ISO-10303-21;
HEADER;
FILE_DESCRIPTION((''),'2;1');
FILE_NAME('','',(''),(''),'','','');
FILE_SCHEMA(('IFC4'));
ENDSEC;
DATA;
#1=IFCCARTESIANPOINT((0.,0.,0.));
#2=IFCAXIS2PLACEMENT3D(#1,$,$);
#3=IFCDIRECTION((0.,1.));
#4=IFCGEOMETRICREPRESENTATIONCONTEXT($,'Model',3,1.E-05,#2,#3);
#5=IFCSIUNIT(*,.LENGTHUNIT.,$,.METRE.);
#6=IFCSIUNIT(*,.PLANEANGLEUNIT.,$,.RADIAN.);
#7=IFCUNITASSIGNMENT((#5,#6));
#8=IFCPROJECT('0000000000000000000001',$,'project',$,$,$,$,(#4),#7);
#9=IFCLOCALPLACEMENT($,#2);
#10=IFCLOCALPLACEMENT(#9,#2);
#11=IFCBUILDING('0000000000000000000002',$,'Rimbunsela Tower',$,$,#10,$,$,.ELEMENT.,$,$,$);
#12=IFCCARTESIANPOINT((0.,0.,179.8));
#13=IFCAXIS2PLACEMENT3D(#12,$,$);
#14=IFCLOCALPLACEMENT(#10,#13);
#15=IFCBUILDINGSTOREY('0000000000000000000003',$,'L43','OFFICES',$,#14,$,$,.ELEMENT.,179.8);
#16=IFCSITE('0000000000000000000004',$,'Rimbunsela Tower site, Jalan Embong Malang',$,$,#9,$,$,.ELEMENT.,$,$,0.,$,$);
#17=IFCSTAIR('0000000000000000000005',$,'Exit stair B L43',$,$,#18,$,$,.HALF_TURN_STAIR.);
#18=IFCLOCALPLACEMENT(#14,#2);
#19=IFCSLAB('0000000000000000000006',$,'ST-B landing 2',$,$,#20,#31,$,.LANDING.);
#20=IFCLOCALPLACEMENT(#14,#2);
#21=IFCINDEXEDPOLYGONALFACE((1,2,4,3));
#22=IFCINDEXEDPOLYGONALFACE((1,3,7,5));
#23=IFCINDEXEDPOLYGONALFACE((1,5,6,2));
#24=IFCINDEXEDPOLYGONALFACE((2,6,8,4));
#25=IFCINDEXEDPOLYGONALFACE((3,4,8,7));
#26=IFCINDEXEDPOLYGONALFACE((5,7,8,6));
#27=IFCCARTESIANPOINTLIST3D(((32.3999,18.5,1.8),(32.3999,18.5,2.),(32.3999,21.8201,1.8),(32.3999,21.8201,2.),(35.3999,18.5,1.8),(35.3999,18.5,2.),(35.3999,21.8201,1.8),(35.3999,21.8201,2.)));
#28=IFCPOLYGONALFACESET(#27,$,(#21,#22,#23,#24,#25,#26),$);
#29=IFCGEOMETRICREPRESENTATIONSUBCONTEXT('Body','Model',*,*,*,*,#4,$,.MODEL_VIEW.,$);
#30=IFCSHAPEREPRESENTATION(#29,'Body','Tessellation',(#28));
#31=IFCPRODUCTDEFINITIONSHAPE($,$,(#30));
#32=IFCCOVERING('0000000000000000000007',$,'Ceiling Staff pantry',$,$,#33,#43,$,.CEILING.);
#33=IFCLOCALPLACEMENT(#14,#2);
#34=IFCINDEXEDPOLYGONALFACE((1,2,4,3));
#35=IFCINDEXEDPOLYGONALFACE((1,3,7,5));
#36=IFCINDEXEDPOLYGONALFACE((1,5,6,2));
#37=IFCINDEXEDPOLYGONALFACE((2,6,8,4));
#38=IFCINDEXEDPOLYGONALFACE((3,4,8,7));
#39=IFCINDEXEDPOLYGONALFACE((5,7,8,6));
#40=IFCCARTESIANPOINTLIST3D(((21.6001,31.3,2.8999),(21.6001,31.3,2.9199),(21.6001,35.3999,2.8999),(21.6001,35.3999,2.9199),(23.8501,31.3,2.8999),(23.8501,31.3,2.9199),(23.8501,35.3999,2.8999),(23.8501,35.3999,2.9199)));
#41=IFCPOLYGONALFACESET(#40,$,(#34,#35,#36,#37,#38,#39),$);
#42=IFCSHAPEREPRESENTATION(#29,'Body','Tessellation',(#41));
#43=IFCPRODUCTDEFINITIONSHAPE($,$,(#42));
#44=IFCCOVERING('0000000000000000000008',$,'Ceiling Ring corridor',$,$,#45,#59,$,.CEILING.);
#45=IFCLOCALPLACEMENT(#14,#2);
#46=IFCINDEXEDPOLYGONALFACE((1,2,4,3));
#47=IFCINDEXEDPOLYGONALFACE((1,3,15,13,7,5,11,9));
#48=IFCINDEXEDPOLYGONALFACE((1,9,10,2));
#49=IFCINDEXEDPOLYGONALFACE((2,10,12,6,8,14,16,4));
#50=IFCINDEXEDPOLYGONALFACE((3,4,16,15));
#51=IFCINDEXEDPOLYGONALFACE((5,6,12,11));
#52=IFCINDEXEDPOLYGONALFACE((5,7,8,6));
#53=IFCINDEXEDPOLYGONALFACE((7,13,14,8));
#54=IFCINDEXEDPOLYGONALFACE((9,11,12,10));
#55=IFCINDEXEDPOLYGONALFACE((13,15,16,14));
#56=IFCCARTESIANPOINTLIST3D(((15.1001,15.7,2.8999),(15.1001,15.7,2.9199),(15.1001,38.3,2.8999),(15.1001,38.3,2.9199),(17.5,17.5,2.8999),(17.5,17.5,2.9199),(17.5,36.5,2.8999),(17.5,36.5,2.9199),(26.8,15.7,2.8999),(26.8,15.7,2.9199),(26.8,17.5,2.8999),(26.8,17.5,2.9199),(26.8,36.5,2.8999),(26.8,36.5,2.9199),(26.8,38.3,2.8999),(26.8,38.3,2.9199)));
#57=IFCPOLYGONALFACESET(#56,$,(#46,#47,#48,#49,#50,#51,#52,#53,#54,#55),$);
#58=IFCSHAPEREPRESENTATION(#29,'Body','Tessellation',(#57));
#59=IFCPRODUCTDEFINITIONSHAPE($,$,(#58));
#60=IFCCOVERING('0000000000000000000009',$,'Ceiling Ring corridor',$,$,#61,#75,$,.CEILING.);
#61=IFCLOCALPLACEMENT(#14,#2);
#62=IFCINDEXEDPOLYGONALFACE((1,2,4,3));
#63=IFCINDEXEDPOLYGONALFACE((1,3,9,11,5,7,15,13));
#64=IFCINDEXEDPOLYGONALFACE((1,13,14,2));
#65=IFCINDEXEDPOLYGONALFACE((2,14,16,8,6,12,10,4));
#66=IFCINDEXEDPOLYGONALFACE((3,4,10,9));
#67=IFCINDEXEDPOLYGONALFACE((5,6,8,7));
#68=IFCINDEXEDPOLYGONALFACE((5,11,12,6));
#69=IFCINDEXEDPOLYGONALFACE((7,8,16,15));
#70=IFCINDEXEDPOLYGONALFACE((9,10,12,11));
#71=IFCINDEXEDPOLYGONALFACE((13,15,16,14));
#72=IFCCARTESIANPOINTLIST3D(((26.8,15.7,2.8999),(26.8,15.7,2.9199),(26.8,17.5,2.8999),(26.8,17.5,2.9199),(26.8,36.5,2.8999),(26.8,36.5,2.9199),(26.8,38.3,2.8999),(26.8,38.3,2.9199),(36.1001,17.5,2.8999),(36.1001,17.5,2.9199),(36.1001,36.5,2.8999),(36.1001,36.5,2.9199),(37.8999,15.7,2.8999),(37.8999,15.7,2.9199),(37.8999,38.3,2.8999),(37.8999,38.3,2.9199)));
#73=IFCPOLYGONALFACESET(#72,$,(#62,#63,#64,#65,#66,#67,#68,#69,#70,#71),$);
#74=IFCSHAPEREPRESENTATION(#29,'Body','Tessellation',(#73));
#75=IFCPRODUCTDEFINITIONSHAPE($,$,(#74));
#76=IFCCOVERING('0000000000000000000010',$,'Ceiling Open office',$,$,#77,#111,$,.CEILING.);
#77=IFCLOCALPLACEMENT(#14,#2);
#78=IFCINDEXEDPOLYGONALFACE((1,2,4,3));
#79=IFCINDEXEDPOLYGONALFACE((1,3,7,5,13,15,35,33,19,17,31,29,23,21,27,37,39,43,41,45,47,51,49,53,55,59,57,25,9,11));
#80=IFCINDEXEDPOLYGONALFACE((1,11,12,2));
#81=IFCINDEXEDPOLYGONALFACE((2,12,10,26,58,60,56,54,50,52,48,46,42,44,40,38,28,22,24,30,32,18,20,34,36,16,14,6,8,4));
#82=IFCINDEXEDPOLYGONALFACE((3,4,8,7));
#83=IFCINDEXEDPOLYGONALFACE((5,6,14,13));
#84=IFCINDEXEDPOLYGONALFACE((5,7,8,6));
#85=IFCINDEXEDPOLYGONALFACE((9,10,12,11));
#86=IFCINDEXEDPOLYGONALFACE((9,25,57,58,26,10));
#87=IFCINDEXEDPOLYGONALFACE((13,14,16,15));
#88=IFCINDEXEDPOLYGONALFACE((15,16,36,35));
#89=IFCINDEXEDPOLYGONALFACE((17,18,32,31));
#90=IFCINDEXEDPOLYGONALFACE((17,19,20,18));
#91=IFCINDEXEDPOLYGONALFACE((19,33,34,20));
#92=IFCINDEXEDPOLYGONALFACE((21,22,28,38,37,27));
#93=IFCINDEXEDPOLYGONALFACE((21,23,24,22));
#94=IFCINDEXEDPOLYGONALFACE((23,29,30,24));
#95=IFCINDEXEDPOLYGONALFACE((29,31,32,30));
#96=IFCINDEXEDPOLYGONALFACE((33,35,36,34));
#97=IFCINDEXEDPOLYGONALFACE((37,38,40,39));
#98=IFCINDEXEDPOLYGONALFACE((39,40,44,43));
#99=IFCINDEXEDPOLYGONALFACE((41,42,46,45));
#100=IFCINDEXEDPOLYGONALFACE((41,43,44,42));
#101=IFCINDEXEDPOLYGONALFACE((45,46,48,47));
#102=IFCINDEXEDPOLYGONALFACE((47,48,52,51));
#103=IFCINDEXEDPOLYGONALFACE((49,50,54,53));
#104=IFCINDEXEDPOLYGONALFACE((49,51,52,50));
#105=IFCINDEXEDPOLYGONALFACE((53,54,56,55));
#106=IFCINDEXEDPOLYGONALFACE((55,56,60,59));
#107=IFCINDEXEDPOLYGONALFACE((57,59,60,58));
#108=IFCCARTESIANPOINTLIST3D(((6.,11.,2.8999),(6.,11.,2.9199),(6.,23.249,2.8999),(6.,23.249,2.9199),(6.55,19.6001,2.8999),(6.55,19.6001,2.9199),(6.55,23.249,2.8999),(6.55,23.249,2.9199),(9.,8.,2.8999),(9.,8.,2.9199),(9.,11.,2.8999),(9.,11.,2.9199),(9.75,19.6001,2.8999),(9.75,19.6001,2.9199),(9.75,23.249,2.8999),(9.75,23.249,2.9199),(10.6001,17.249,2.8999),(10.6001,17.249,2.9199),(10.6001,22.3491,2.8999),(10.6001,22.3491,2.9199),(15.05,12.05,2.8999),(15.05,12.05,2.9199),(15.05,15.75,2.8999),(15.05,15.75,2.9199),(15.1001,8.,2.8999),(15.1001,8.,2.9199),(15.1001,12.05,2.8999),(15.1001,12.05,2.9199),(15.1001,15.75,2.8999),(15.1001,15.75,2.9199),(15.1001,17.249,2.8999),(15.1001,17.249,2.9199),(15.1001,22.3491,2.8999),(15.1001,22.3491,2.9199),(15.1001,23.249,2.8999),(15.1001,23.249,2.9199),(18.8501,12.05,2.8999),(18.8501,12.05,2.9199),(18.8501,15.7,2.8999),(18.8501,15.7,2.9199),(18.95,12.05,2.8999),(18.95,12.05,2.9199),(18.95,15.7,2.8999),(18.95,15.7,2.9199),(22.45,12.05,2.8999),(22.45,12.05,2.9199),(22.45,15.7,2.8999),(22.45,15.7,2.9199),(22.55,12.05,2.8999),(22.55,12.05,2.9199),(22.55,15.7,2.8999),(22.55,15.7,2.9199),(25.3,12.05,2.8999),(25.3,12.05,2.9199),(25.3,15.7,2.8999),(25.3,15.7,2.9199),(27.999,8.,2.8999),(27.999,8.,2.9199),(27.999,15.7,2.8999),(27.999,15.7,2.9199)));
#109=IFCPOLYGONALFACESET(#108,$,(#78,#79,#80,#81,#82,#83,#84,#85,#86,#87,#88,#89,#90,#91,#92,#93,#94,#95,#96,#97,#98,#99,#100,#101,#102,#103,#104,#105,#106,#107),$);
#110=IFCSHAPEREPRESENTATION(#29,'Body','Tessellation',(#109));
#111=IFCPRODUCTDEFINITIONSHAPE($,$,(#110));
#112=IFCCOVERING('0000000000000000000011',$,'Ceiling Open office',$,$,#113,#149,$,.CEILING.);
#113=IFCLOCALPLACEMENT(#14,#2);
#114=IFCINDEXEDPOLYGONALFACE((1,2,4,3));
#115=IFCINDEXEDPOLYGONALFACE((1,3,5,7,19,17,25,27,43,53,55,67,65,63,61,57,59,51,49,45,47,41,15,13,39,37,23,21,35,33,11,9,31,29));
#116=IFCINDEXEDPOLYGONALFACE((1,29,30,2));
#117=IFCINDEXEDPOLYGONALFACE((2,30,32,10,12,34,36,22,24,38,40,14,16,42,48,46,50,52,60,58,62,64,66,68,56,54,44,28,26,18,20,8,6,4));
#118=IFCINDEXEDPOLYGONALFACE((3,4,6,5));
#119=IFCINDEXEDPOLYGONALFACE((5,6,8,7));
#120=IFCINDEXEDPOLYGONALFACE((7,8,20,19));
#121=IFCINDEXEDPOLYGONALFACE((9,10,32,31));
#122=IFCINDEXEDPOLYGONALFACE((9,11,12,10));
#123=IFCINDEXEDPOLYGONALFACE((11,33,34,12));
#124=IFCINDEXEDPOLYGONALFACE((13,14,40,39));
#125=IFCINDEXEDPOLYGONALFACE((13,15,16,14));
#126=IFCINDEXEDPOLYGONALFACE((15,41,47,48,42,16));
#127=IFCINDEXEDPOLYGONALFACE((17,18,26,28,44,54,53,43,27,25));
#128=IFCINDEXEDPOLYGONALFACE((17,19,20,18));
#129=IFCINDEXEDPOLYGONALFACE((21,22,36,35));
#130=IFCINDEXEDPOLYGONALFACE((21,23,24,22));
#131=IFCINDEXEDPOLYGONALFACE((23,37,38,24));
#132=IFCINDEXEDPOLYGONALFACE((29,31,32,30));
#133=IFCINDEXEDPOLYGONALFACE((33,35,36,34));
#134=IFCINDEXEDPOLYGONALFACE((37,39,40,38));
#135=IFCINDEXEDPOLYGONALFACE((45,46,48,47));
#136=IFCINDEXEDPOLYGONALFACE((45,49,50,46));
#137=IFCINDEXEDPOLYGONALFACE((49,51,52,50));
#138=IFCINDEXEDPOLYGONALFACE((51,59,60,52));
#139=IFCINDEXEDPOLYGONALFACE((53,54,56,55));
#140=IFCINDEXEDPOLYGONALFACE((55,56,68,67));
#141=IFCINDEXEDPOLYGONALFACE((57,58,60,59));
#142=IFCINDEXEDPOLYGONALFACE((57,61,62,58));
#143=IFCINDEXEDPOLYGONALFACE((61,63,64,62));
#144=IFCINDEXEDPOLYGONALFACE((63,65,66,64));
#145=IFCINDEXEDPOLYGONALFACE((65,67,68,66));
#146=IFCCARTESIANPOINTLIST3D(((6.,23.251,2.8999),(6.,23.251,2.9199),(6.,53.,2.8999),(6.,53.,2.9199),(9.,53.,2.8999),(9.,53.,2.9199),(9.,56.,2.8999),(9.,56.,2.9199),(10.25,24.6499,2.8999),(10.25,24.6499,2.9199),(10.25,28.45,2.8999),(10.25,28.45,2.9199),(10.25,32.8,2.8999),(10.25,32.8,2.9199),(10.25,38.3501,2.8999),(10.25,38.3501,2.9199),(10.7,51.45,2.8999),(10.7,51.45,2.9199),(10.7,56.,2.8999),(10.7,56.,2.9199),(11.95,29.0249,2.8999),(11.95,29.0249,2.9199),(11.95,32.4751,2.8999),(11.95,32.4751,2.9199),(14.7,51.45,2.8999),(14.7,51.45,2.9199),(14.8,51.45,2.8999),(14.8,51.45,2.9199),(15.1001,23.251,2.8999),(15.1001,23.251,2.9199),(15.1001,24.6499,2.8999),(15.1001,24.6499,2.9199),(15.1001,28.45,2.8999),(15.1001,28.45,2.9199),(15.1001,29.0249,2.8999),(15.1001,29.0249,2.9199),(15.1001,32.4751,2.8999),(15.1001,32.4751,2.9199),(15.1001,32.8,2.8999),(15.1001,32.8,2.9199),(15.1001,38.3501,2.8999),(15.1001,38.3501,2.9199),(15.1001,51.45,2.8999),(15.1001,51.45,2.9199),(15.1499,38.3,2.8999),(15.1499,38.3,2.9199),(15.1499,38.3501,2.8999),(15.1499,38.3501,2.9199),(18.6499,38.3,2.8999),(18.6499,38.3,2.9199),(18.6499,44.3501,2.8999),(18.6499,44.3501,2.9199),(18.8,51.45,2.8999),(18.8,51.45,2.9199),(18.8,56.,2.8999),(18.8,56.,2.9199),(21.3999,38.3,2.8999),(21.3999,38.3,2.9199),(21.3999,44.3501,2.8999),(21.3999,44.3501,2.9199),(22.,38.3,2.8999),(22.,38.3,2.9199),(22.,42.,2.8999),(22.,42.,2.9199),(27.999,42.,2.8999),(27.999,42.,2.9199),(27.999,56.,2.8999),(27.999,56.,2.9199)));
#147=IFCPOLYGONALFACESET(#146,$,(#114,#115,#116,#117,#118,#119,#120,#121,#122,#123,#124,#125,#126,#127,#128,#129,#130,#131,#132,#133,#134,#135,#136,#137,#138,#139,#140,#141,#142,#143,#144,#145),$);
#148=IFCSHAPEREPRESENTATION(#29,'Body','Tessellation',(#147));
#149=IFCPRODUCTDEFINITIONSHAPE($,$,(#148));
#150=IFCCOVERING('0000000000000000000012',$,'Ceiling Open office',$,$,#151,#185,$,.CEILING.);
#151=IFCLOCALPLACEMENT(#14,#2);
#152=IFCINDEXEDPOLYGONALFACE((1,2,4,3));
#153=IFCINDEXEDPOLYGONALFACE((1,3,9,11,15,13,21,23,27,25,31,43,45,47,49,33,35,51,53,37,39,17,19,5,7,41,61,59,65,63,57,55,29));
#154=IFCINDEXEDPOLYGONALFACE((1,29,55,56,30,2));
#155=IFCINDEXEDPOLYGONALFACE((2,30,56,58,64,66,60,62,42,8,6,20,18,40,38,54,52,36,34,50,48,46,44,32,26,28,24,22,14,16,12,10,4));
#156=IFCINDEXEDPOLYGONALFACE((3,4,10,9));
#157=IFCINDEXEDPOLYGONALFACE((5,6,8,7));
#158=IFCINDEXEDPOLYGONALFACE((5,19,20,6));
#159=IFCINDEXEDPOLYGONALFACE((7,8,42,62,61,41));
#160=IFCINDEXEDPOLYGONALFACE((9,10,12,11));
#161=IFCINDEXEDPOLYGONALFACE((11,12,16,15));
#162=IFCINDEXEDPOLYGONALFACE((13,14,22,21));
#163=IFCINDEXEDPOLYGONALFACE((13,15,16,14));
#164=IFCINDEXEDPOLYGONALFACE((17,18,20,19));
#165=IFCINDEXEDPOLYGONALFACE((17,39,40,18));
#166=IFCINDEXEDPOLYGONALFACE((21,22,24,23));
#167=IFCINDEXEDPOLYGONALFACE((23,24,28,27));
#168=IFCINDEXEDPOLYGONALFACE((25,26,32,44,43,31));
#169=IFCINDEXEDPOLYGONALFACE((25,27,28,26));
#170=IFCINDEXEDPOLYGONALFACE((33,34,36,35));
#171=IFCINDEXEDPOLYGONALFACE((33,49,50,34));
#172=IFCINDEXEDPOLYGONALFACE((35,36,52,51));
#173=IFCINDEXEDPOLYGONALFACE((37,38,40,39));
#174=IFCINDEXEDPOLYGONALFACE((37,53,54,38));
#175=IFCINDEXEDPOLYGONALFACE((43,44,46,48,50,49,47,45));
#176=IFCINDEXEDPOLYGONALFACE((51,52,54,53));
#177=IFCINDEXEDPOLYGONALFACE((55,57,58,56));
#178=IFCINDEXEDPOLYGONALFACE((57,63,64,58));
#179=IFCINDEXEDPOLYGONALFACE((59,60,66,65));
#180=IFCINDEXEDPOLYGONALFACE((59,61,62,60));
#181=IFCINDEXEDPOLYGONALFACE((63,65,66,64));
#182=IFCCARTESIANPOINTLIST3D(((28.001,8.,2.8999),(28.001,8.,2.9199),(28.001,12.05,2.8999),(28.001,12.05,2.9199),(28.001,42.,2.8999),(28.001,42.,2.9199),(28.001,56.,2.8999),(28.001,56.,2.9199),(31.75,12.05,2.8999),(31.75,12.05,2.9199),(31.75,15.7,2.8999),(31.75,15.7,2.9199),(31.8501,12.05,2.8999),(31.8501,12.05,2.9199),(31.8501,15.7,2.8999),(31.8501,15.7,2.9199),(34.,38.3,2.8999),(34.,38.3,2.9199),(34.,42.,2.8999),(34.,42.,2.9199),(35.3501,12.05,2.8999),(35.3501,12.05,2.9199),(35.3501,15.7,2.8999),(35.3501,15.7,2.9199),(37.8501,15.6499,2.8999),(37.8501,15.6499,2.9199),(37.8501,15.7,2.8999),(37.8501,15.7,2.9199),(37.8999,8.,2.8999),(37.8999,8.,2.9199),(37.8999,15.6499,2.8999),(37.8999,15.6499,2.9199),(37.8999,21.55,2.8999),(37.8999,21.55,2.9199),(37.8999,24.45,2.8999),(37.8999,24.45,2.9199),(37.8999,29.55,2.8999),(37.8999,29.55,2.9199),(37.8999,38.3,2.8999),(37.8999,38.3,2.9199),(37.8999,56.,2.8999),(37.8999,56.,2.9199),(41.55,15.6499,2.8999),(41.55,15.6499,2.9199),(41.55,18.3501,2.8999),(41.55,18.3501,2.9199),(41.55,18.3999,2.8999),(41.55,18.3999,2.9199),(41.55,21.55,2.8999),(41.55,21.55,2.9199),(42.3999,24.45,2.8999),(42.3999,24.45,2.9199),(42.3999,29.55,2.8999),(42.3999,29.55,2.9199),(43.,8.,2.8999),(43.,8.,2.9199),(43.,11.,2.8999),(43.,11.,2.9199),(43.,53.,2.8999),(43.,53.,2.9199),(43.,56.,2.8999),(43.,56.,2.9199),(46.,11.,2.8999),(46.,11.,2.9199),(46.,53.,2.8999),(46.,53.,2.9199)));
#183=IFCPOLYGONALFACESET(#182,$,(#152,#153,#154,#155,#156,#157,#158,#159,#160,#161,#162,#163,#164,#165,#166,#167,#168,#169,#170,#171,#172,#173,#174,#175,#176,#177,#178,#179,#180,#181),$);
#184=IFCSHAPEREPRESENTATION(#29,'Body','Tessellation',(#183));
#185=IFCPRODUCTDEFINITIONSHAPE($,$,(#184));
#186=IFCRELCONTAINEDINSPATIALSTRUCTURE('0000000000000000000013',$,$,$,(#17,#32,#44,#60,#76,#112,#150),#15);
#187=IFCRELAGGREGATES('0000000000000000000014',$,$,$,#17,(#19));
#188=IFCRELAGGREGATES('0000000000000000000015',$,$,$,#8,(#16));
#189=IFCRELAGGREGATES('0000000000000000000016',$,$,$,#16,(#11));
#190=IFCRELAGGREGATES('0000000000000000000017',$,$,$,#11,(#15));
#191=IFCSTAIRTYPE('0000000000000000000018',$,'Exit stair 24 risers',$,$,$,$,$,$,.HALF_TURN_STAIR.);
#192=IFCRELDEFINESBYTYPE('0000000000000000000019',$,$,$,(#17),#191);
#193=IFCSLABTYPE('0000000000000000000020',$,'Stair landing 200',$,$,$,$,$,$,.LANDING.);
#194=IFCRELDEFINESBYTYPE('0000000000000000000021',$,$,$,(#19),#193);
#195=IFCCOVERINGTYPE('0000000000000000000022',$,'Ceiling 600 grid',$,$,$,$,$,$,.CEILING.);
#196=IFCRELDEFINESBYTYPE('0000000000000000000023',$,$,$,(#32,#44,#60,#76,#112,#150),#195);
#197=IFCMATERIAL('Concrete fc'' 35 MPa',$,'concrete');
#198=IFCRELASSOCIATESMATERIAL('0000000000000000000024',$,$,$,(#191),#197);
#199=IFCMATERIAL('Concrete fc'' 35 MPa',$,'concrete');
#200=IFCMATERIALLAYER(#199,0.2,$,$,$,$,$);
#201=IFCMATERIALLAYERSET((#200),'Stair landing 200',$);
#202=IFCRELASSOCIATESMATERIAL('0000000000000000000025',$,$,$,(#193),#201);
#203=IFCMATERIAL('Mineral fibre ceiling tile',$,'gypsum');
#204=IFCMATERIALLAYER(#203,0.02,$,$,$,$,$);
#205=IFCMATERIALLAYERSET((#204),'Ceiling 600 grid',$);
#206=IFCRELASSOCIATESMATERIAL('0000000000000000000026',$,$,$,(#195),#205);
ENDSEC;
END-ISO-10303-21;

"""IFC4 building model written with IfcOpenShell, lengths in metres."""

from ifc_helpers import new_model, si_unit, direction, frame, origin, place, context, subcontext, project, spatial, polyline, outline, extrude, material, layer, layer_set, type_object, element, aggregate, save


model = new_model("IFC4")

# Units and contexts
model_context = context("Model", 3, precision=1e-05, world=origin(), true_north=direction((0.0, 1.0)))
body_context = subcontext(model_context, "Body", "Model", "MODEL_VIEW")
ifc_project = project(units=[si_unit("LENGTHUNIT", "METRE"), si_unit("PLANEANGLEUNIT", "RADIAN")], contexts=[model_context])

# Site, building, storey
site_placement = place(None, origin())
site = spatial("IfcSite", under=ifc_project, at=site_placement, Name="Rimbunsela Tower site, Jalan Embong Malang", CompositionType="ELEMENT", RefElevation=0.0)
building_placement = place(site_placement, origin())
building = spatial("IfcBuilding", under=site, at=building_placement, Name="Rimbunsela Tower", CompositionType="ELEMENT")
storey_placement = place(building_placement, frame((0.0, 0.0, 179.8)))
storey = spatial("IfcBuildingStorey", under=building, at=storey_placement, Name="L43", Description="OFFICES", CompositionType="ELEMENT", Elevation=179.8)

# Stair, slab
ifc_material_1 = material(Name="Concrete fc' 35 MPa", Category="concrete")
stair_type = type_object("IfcStairType", Name="Exit stair 24 risers", PredefinedType="HALF_TURN_STAIR", material=ifc_material_1)
stair_placement = place(storey_placement, origin())
stair = element("IfcStair", 1, at=stair_placement, inside=storey, type_object=stair_type, Name="Exit stair B L43", PredefinedType="HALF_TURN_STAIR")
ifc_material_2 = material(Name="Concrete fc' 35 MPa", Category="concrete")
ifc_layer_1 = layer(ifc_material_2, 0.2)
ifc_layer_set_1 = layer_set([ifc_layer_1], Name="Stair landing 200")
slab_type = type_object("IfcSlabType", Name="Stair landing 200", PredefinedType="LANDING", material=ifc_layer_set_1)
slab_placement = place(storey_placement, frame((0.0, 0.0, 1.8)))
slab = element("IfcSlab", 2, at=slab_placement, type_object=slab_type, Name="ST-B landing 2", PredefinedType="LANDING", context=body_context, shape_type="SweptSolid", body=[
    extrude(outline(polyline([(32.3999, 18.5), (35.3999, 18.5), (35.3999, 21.8201), (32.3999, 21.8201), (32.3999, 18.5)])), origin(), (0.0, 0.0, 1.0), 0.2),
])
aggregate(stair, [slab])

# Coverings
ifc_material_3 = material(Name="Mineral fibre ceiling tile", Category="gypsum")
ifc_layer_2 = layer(ifc_material_3, 0.02)
ifc_layer_set_2 = layer_set([ifc_layer_2], Name="Ceiling 600 grid")
covering_type_1 = type_object("IfcCoveringType", Name="Ceiling 600 grid", PredefinedType="CEILING", material=ifc_layer_set_2)
covering_1_placement = place(storey_placement, frame((0.0, 0.0, 2.8999)))
element("IfcCovering", 3, at=covering_1_placement, inside=storey, type_object=covering_type_1, Name="Ceiling Staff pantry", PredefinedType="CEILING", context=body_context, shape_type="SweptSolid", body=[
    extrude(outline(polyline([(23.8501, 31.3), (23.8501, 35.3999), (21.6001, 35.3999), (21.6001, 31.3), (23.8501, 31.3)])), origin(), (0.0, 0.0, 1.0), 0.02),
])
covering_2_placement = place(storey_placement, frame((0.0, 0.0, 2.8999)))
element("IfcCovering", 4, at=covering_2_placement, inside=storey, type_object=covering_type_1, Name="Ceiling Ring corridor", PredefinedType="CEILING", context=body_context, shape_type="SweptSolid", body=[
    extrude(outline(polyline([(15.1001, 38.3), (26.8, 38.3), (26.8, 36.5), (17.5, 36.5), (17.5, 17.5), (26.8, 17.5), (26.8, 15.7), (15.1001, 15.7), (15.1001, 38.3)])), origin(), (0.0, 0.0, 1.0), 0.02),
])
covering_3_placement = place(storey_placement, frame((0.0, 0.0, 2.8999)))
element("IfcCovering", 5, at=covering_3_placement, inside=storey, type_object=covering_type_1, Name="Ceiling Ring corridor", PredefinedType="CEILING", context=body_context, shape_type="SweptSolid", body=[
    extrude(outline(polyline([(37.8999, 38.3), (37.8999, 15.7), (26.8, 15.7), (26.8, 17.5), (36.1001, 17.5), (36.1001, 36.5), (26.8, 36.5), (26.8, 38.3), (37.8999, 38.3)])), origin(), (0.0, 0.0, 1.0), 0.02),
])
covering_4_placement = place(storey_placement, frame((0.0, 0.0, 2.8999)))
element("IfcCovering", 6, at=covering_4_placement, inside=storey, type_object=covering_type_1, Name="Ceiling Open office", PredefinedType="CEILING", context=body_context, shape_type="SweptSolid", body=[
    extrude(outline(polyline([(18.8501, 15.7), (18.95, 15.7), (18.95, 12.05), (22.45, 12.05), (22.45, 15.7), (22.55, 15.7), (22.55, 12.05), (25.3, 12.05), (25.3, 15.7), (27.999, 15.7), (27.999, 8.0), (15.1001, 8.0), (9.0, 8.0), (9.0, 11.0), (6.0, 11.0), (6.0, 23.249), (6.55, 23.249), (6.55, 19.6001), (9.75, 19.6001), (9.75, 23.249), (15.1001, 23.249), (15.1001, 22.3491), (10.6001, 22.3491), (10.6001, 17.249), (15.1001, 17.249), (15.1001, 15.75), (15.05, 15.75), (15.05, 12.05), (15.1001, 12.05), (18.8501, 12.05), (18.8501, 15.7)])), origin(), (0.0, 0.0, 1.0), 0.02),
])
covering_5_placement = place(storey_placement, frame((0.0, 0.0, 2.8999)))
element("IfcCovering", 7, at=covering_5_placement, inside=storey, type_object=covering_type_1, Name="Ceiling Open office", PredefinedType="CEILING", context=body_context, shape_type="SweptSolid", body=[
    extrude(outline(polyline([(14.7, 51.45), (14.8, 51.45), (15.1001, 51.45), (18.8, 51.45), (18.8, 56.0), (27.999, 56.0), (27.999, 42.0), (22.0, 42.0), (22.0, 38.3), (21.3999, 38.3), (21.3999, 44.3501), (18.6499, 44.3501), (18.6499, 38.3), (15.1499, 38.3), (15.1499, 38.3501), (15.1001, 38.3501), (10.25, 38.3501), (10.25, 32.8), (15.1001, 32.8), (15.1001, 32.4751), (11.95, 32.4751), (11.95, 29.0249), (15.1001, 29.0249), (15.1001, 28.45), (10.25, 28.45), (10.25, 24.6499), (15.1001, 24.6499), (15.1001, 23.251), (6.0, 23.251), (6.0, 53.0), (9.0, 53.0), (9.0, 56.0), (10.7, 56.0), (10.7, 51.45), (14.7, 51.45)])), origin(), (0.0, 0.0, 1.0), 0.02),
])
covering_6_placement = place(storey_placement, frame((0.0, 0.0, 2.8999)))
element("IfcCovering", 8, at=covering_6_placement, inside=storey, type_object=covering_type_1, Name="Ceiling Open office", PredefinedType="CEILING", context=body_context, shape_type="SweptSolid", body=[
    extrude(outline(polyline([(28.001, 12.05), (31.75, 12.05), (31.75, 15.7), (31.8501, 15.7), (31.8501, 12.05), (35.3501, 12.05), (35.3501, 15.7), (37.8501, 15.7), (37.8501, 15.6499), (37.8999, 15.6499), (41.55, 15.6499), (41.55, 18.3501), (41.55, 18.3999), (41.55, 21.55), (37.8999, 21.55), (37.8999, 24.45), (42.3999, 24.45), (42.3999, 29.55), (37.8999, 29.55), (37.8999, 38.3), (34.0, 38.3), (34.0, 42.0), (28.001, 42.0), (28.001, 56.0), (37.8999, 56.0), (43.0, 56.0), (43.0, 53.0), (46.0, 53.0), (46.0, 11.0), (43.0, 11.0), (43.0, 8.0), (37.8999, 8.0), (28.001, 8.0), (28.001, 12.05)])), origin(), (0.0, 0.0, 1.0), 0.02),
])

save(model, "model.ifc")
